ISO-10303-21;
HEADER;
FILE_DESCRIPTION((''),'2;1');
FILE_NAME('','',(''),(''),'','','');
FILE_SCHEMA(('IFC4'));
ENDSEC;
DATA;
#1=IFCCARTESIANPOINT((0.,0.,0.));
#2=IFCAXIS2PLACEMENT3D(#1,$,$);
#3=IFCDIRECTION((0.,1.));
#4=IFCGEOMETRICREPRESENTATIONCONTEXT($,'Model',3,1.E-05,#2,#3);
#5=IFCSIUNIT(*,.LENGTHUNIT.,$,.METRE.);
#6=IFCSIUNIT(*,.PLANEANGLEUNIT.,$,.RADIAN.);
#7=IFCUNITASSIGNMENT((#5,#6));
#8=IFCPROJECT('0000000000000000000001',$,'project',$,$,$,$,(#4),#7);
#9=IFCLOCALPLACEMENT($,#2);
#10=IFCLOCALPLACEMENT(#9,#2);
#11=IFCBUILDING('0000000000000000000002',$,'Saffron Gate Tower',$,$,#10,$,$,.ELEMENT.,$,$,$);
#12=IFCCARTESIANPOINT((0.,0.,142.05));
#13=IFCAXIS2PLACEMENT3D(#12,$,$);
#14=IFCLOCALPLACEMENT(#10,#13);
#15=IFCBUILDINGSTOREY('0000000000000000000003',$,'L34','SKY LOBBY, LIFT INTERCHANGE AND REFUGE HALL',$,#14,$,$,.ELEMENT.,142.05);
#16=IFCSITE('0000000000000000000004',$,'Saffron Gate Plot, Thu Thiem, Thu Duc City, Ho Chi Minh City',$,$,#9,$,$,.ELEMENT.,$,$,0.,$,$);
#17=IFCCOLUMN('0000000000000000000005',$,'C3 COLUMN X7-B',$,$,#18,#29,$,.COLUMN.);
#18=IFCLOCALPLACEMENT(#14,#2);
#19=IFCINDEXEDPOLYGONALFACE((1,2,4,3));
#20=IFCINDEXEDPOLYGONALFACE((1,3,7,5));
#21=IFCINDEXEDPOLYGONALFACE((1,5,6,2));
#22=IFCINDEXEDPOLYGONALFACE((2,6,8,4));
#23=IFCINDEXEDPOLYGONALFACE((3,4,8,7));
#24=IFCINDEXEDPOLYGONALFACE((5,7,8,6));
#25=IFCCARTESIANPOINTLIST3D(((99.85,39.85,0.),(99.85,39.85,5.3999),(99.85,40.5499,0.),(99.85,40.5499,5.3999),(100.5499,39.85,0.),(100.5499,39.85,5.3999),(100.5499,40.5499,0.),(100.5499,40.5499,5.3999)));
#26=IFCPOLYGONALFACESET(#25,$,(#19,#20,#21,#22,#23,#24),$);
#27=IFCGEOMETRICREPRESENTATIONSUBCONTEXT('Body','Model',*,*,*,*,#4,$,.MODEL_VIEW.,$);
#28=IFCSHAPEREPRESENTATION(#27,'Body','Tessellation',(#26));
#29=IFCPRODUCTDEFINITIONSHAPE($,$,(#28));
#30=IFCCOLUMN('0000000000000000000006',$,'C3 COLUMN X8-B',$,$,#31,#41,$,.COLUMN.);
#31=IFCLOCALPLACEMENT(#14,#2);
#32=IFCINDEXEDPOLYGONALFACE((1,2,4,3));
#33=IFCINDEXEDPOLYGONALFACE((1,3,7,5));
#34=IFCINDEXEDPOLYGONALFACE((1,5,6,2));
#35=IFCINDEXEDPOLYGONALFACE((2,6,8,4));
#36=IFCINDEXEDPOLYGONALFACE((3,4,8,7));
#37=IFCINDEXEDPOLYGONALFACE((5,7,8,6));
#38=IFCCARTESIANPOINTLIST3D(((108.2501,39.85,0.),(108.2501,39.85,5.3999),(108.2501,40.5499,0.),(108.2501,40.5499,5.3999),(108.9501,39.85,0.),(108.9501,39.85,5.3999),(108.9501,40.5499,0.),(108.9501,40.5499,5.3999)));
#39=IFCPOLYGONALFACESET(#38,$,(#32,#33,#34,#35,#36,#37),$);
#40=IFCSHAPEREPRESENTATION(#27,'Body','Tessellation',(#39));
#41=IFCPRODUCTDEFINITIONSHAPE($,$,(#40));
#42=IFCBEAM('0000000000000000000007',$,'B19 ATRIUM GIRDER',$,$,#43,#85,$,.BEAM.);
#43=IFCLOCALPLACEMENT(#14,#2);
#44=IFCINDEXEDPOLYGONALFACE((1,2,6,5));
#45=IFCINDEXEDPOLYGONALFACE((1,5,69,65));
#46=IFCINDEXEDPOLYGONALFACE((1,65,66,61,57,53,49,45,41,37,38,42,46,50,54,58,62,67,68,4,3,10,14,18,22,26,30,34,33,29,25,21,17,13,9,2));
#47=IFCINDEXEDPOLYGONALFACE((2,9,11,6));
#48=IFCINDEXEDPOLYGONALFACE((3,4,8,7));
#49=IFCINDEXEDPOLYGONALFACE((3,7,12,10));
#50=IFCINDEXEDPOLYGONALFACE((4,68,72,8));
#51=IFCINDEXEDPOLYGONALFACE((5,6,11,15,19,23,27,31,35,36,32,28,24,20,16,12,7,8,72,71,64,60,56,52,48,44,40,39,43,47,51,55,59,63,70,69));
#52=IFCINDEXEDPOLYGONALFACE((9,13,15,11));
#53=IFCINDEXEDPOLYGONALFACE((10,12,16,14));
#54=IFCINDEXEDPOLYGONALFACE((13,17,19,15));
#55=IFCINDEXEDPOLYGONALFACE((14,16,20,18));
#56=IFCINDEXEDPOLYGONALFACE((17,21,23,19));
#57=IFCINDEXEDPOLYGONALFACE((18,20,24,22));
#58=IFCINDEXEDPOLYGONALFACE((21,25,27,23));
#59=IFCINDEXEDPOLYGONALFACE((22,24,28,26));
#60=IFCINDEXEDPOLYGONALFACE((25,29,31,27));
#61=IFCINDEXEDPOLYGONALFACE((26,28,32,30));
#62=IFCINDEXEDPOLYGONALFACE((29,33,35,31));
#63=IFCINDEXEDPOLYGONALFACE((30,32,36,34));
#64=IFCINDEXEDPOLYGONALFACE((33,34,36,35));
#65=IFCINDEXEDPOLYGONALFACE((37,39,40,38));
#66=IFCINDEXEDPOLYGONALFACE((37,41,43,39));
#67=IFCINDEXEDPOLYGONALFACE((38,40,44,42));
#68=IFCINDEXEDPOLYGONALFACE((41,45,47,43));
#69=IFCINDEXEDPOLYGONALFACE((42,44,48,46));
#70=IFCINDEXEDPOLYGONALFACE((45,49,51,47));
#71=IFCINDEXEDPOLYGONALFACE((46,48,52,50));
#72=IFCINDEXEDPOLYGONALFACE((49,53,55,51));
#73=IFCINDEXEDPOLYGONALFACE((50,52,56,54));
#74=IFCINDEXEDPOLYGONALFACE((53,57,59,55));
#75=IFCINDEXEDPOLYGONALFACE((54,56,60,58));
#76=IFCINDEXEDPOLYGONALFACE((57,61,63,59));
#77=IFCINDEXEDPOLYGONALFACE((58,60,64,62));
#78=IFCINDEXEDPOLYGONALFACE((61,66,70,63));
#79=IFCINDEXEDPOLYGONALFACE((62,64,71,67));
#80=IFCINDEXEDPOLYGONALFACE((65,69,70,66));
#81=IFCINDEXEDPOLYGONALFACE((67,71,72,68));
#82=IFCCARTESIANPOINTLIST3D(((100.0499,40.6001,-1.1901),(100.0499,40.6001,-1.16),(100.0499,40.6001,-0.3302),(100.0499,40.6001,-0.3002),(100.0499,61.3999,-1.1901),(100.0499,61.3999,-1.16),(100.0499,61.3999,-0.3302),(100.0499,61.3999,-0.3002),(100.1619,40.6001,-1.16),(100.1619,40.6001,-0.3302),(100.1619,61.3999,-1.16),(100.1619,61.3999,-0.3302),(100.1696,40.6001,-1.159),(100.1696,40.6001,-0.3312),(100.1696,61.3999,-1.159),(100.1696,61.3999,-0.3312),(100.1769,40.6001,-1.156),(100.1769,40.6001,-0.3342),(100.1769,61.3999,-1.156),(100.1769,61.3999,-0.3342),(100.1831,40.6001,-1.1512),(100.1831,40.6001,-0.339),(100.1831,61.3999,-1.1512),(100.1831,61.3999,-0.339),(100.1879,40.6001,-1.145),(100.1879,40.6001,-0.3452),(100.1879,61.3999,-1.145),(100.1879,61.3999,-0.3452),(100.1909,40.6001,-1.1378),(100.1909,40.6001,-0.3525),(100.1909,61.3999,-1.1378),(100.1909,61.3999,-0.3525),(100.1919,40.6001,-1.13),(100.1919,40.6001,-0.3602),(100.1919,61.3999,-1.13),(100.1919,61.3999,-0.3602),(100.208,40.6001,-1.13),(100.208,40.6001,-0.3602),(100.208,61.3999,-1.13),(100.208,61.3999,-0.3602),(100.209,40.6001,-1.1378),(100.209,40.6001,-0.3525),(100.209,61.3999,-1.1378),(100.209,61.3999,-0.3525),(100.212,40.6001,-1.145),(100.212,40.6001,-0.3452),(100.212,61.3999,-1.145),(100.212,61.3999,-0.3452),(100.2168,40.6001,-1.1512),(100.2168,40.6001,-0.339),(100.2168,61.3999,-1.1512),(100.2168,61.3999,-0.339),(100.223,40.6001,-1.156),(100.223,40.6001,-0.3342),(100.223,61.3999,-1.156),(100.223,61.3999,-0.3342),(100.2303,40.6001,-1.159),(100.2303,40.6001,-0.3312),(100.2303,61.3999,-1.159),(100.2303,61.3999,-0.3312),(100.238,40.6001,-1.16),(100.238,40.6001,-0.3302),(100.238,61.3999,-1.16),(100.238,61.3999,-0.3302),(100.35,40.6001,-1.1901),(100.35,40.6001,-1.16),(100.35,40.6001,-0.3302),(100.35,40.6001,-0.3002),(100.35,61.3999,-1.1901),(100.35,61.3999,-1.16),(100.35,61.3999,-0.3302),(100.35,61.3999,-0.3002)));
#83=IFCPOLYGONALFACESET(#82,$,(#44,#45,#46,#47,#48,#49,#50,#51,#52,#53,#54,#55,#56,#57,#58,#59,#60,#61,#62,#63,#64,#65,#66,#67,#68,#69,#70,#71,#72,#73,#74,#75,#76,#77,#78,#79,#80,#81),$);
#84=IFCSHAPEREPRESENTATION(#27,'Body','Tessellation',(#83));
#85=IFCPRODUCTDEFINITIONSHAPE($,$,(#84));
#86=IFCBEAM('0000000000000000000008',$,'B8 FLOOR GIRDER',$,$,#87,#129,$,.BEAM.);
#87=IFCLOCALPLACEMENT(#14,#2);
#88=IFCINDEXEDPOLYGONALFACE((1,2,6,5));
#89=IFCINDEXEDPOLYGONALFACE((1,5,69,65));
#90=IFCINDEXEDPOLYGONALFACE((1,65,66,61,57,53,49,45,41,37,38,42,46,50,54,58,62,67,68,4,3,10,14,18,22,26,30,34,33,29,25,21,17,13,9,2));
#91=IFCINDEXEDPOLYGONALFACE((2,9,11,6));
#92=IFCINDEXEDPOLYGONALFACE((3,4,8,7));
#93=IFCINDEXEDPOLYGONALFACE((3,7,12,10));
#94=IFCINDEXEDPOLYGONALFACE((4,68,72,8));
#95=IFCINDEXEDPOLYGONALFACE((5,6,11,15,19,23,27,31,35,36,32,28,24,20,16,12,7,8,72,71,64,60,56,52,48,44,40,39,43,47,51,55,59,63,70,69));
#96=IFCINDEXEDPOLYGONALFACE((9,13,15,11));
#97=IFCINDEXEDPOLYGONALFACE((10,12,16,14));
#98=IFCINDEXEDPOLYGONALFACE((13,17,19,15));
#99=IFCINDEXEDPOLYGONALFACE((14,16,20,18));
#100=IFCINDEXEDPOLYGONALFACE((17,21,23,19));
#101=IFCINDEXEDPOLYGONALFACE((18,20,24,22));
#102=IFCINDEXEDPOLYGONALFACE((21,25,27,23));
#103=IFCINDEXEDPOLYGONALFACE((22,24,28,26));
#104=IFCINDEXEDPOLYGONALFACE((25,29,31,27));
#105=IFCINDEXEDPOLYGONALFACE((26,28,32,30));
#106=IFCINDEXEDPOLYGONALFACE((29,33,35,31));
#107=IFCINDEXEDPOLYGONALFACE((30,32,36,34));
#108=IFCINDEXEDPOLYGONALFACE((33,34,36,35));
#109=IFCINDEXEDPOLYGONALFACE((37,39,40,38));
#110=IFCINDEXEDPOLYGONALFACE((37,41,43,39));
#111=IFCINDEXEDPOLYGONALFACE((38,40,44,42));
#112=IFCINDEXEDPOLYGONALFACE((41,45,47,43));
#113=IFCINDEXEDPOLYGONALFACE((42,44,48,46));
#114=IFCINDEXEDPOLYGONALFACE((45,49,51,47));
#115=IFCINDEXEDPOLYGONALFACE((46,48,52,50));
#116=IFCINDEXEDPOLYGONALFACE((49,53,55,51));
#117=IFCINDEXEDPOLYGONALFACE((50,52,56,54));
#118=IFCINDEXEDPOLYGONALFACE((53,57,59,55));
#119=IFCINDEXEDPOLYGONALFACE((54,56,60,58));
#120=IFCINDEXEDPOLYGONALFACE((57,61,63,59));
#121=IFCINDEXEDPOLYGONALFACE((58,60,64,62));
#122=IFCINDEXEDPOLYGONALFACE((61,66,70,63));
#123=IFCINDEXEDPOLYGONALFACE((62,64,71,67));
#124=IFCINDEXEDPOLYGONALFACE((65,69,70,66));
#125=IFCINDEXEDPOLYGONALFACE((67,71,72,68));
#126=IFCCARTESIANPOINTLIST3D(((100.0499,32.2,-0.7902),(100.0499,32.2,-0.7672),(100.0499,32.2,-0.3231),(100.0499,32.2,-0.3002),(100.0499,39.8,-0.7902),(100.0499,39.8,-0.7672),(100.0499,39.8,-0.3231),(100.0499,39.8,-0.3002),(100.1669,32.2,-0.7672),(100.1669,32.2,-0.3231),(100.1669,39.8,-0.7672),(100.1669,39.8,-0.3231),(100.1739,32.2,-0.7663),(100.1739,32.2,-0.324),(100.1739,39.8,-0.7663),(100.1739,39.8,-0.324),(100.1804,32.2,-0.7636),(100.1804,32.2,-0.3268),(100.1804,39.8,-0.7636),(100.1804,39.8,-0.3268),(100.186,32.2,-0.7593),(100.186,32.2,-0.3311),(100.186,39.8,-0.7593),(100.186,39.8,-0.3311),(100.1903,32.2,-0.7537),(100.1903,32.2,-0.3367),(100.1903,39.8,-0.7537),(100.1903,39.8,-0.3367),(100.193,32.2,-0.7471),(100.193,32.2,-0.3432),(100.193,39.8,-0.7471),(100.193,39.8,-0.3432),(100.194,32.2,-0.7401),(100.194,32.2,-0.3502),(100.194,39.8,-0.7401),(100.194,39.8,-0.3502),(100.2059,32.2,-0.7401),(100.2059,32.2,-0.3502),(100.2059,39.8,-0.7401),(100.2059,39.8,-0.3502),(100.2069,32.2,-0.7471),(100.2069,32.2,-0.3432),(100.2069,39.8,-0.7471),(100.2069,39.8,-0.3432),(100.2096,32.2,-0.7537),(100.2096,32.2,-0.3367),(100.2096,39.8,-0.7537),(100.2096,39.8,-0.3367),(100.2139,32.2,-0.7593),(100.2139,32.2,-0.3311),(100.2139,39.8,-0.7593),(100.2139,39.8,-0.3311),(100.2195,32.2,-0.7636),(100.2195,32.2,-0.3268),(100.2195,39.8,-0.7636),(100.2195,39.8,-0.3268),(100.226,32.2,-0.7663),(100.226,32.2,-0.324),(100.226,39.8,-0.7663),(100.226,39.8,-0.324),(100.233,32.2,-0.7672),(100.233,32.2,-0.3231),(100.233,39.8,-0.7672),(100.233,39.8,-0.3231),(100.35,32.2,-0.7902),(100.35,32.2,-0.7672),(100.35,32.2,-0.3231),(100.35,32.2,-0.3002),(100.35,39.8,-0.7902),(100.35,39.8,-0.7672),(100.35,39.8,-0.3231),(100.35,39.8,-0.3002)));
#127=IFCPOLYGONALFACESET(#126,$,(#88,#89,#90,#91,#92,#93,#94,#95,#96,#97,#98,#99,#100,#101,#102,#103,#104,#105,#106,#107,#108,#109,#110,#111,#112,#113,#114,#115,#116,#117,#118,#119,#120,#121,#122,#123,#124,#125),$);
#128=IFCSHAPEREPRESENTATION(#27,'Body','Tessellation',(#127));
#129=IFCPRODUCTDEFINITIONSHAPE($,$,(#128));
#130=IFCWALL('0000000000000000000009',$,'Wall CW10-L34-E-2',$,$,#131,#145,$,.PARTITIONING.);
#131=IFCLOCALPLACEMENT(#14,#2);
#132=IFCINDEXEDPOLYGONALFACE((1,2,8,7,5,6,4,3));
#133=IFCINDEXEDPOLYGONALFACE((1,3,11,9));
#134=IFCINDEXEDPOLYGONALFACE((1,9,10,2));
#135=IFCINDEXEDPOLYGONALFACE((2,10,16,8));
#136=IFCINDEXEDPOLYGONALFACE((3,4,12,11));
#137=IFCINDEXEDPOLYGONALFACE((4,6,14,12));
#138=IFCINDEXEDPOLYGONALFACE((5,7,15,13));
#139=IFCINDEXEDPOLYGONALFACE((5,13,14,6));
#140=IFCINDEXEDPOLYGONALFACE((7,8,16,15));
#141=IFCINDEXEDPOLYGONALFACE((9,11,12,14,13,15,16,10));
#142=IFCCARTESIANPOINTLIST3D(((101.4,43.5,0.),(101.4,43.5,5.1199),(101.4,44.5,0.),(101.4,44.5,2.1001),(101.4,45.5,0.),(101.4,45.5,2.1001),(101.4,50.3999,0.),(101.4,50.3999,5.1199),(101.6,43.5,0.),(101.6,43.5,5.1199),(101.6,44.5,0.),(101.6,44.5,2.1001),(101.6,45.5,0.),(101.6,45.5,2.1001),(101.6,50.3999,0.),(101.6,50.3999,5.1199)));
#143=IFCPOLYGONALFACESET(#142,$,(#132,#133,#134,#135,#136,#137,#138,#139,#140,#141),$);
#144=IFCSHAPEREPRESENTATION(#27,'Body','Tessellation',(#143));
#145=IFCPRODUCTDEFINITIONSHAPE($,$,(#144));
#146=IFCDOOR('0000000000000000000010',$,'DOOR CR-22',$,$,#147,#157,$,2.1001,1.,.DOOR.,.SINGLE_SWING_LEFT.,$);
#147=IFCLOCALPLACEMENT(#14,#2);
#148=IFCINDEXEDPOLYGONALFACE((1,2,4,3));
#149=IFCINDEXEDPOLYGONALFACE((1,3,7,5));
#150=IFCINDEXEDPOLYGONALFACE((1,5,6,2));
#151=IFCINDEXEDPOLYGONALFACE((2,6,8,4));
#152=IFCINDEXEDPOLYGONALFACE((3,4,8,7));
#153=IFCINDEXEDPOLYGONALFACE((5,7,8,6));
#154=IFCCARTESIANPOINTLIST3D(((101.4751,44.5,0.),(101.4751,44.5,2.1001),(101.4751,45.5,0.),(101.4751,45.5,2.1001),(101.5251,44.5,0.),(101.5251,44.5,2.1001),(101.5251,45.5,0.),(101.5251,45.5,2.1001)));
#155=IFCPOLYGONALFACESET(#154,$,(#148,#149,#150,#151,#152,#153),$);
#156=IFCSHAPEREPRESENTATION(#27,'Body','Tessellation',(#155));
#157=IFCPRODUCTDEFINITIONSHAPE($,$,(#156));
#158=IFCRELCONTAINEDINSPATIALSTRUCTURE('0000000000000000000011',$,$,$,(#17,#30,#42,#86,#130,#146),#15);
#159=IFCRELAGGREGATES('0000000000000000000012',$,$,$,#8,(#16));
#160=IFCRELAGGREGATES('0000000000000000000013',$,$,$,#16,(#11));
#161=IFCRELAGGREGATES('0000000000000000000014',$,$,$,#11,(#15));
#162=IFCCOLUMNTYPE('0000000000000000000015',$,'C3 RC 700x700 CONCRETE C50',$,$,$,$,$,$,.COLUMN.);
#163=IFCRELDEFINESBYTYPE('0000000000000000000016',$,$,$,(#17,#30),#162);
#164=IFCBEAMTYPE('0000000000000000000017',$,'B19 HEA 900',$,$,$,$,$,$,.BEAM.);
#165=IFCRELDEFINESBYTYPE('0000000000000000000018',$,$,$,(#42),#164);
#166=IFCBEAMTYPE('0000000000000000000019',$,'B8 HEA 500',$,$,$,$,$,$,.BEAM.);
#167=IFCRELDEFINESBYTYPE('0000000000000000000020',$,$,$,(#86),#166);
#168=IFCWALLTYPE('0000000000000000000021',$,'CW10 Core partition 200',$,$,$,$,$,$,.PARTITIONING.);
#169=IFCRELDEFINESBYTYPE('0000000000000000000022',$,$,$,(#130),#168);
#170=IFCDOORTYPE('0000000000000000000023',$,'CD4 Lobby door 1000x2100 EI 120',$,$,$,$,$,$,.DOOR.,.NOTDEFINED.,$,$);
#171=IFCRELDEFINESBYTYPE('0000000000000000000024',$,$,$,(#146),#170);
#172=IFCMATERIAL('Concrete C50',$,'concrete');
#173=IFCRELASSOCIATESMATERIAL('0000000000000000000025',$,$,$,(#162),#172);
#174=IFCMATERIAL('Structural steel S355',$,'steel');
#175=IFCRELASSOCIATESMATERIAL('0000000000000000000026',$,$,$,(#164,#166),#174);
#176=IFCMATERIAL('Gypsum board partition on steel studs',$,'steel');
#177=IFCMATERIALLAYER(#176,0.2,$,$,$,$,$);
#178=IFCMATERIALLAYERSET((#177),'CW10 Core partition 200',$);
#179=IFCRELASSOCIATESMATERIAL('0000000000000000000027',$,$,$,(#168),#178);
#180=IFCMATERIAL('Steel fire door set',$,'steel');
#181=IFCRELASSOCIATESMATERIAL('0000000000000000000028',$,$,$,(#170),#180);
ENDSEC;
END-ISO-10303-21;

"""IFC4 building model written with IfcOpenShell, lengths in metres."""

from ifc_helpers import new_model, si_unit, direction, frame, frame_2d, origin, origin_2d, place, context, subcontext, project, spatial, rectangle, i_section, extrude, material, layer, layer_set, material_profile, profile_set, type_object, element, fill, save


model = new_model("IFC4")

# Units and contexts
model_context = context("Model", 3, precision=1e-05, world=origin(), true_north=direction((0.0, 1.0)))
body_context = subcontext(model_context, "Body", "Model", "MODEL_VIEW")
ifc_project = project(units=[si_unit("LENGTHUNIT", "METRE"), si_unit("PLANEANGLEUNIT", "RADIAN")], contexts=[model_context])

# Site, building, storey
site_placement = place(None, origin())
site = spatial("IfcSite", under=ifc_project, at=site_placement, Name="Saffron Gate Plot, Thu Thiem, Thu Duc City, Ho Chi Minh City", CompositionType="ELEMENT", RefElevation=0.0)
building_placement = place(site_placement, origin())
building = spatial("IfcBuilding", under=site, at=building_placement, Name="Saffron Gate Tower", CompositionType="ELEMENT")
storey_placement = place(building_placement, frame((0.0, 0.0, 142.05)))
storey = spatial("IfcBuildingStorey", under=building, at=storey_placement, Name="L34", Description="SKY LOBBY, LIFT INTERCHANGE AND REFUGE HALL", CompositionType="ELEMENT", Elevation=142.05)

# Columns
ifc_material_1 = material(Name="Concrete C50", Category="concrete")
ifc_material_profile_1 = material_profile(ifc_material_1, rectangle(XDim=0.7, YDim=0.7, at=origin_2d()))
ifc_profile_set_1 = profile_set([ifc_material_profile_1], Name="Concrete C50")
column_type = type_object("IfcColumnType", Name="C3 RC 700x700 CONCRETE C50", PredefinedType="COLUMN", material=ifc_profile_set_1)
for number, where, z_axis, x_axis, name in (
    (1, (100.2, 40.2, 0.0), (0.0, 0.0, 1.0), (1.0, 0.0, 0.0), "C3 COLUMN X7-B"),
    (2, (108.6001, 40.2, 0.0), (0.0, 0.0, 1.0), (1.0, 0.0, 0.0), "C3 COLUMN X8-B"),
):
    element("IfcColumn", number, at=place(storey_placement, frame(where, z_axis=z_axis, x_axis=x_axis)), inside=storey, type_object=column_type, Name=name, PredefinedType="COLUMN", context=body_context, shape_type="SweptSolid", body=[
        extrude(rectangle(XDim=0.7, YDim=0.7, at=origin_2d()), origin(), (0.0, 0.0, 1.0), 5.3999),
    ])

# Beams
ifc_material_2 = material(Name="Structural steel S355", Category="steel")
ifc_material_profile_2 = material_profile(ifc_material_2, i_section(OverallWidth=0.3, OverallDepth=0.8899, WebThickness=0.0161, FlangeThickness=0.03, FilletRadius=0.03, at=origin_2d()))
ifc_profile_set_2 = profile_set([ifc_material_profile_2], Name="Structural steel S355")
beam_type_1 = type_object("IfcBeamType", Name="B19 HEA 900", PredefinedType="BEAM", material=ifc_profile_set_2)
beam_1_placement = place(storey_placement, frame((100.2, 40.6001, -0.7451), z_axis=(0.0, 1.0, 0.0), x_axis=(-1.0, 0.0, 0.0)))
element("IfcBeam", 3, at=beam_1_placement, inside=storey, type_object=beam_type_1, Name="B19 ATRIUM GIRDER", PredefinedType="BEAM", context=body_context, shape_type="SweptSolid", body=[
    extrude(i_section(OverallWidth=0.3, OverallDepth=0.8899, WebThickness=0.0161, FlangeThickness=0.03, FilletRadius=0.03, at=origin_2d()), origin(), (0.0, 0.0, 1.0), 20.7998),
])
ifc_material_profile_3 = material_profile(ifc_material_2, i_section(OverallWidth=0.3, OverallDepth=0.49, WebThickness=0.012, FlangeThickness=0.0229, FilletRadius=0.0271, at=origin_2d()))
ifc_profile_set_3 = profile_set([ifc_material_profile_3], Name="Structural steel S355")
beam_type_2 = type_object("IfcBeamType", Name="B8 HEA 500", PredefinedType="BEAM", material=ifc_profile_set_3)
beam_2_placement = place(storey_placement, frame((100.2, 32.2, -0.5452), z_axis=(0.0, 1.0, 0.0), x_axis=(-1.0, 0.0, 0.0)))
element("IfcBeam", 4, at=beam_2_placement, inside=storey, type_object=beam_type_2, Name="B8 FLOOR GIRDER", PredefinedType="BEAM", context=body_context, shape_type="SweptSolid", body=[
    extrude(i_section(OverallWidth=0.3, OverallDepth=0.49, WebThickness=0.012, FlangeThickness=0.0229, FilletRadius=0.0271, at=origin_2d()), origin(), (0.0, 0.0, 1.0), 7.6001),
])

# Wall, opening, door
ifc_material_3 = material(Name="Gypsum board partition on steel studs", Category="steel")
ifc_layer_1 = layer(ifc_material_3, 0.2)
ifc_layer_set_1 = layer_set([ifc_layer_1], Name="CW10 Core partition 200")
wall_type_1 = type_object("IfcWallType", Name="CW10 Core partition 200", PredefinedType="PARTITIONING", material=ifc_layer_set_1)
wall_1_placement = place(storey_placement, frame((101.5, 43.5, 0.0), z_axis=(0.0, 0.0, 1.0), x_axis=(0.0, 1.0, 0.0)))
wall_1 = element("IfcWall", 5, at=wall_1_placement, inside=storey, type_object=wall_type_1, Name="Wall CW10-L34-E-2", PredefinedType="PARTITIONING", context=body_context, shape_type="SweptSolid", body=[
    extrude(rectangle(XDim=6.8999, YDim=0.2, at=frame_2d((3.45, 0.0))), origin(), (0.0, 0.0, 1.0), 5.1199),
])
opening_1_placement = place(wall_1_placement, frame((1.0, 0.0, 0.0)))
opening_1 = element("IfcOpeningElement", 6, at=opening_1_placement, cuts=wall_1, PredefinedType="OPENING", context=body_context, shape_type="SweptSolid", body=[
    extrude(rectangle(XDim=1.0, YDim=2.1001, at=frame_2d((0.5, 1.05))), frame((0.0, 0.1099, 0.0), z_axis=(0.0, -1.0, 0.0), x_axis=(1.0, 0.0, 0.0)), (0.0, 0.0, 1.0), 0.22),
])
ifc_material_4 = material(Name="Steel fire door set", Category="steel")
door_type_1 = type_object("IfcDoorType", Name="CD4 Lobby door 1000x2100 EI 120", OperationType="NOTDEFINED", PredefinedType="DOOR", material=ifc_material_4)
door_1_placement = place(opening_1_placement, origin())
door_1 = element("IfcDoor", 7, at=door_1_placement, inside=storey, type_object=door_type_1, Name="DOOR CR-22", OperationType="SINGLE_SWING_LEFT", OverallHeight=2.1001, OverallWidth=1.0, PredefinedType="DOOR", context=body_context, shape_type="SweptSolid", body=[
    extrude(rectangle(XDim=1.0, YDim=2.1001, at=frame_2d((0.5, 1.05))), frame((0.0, 0.0249, 0.0), z_axis=(0.0, -1.0, 0.0), x_axis=(1.0, 0.0, 0.0)), (0.0, 0.0, 1.0), 0.05),
])
fill(opening_1, door_1)

save(model, "model.ifc")
